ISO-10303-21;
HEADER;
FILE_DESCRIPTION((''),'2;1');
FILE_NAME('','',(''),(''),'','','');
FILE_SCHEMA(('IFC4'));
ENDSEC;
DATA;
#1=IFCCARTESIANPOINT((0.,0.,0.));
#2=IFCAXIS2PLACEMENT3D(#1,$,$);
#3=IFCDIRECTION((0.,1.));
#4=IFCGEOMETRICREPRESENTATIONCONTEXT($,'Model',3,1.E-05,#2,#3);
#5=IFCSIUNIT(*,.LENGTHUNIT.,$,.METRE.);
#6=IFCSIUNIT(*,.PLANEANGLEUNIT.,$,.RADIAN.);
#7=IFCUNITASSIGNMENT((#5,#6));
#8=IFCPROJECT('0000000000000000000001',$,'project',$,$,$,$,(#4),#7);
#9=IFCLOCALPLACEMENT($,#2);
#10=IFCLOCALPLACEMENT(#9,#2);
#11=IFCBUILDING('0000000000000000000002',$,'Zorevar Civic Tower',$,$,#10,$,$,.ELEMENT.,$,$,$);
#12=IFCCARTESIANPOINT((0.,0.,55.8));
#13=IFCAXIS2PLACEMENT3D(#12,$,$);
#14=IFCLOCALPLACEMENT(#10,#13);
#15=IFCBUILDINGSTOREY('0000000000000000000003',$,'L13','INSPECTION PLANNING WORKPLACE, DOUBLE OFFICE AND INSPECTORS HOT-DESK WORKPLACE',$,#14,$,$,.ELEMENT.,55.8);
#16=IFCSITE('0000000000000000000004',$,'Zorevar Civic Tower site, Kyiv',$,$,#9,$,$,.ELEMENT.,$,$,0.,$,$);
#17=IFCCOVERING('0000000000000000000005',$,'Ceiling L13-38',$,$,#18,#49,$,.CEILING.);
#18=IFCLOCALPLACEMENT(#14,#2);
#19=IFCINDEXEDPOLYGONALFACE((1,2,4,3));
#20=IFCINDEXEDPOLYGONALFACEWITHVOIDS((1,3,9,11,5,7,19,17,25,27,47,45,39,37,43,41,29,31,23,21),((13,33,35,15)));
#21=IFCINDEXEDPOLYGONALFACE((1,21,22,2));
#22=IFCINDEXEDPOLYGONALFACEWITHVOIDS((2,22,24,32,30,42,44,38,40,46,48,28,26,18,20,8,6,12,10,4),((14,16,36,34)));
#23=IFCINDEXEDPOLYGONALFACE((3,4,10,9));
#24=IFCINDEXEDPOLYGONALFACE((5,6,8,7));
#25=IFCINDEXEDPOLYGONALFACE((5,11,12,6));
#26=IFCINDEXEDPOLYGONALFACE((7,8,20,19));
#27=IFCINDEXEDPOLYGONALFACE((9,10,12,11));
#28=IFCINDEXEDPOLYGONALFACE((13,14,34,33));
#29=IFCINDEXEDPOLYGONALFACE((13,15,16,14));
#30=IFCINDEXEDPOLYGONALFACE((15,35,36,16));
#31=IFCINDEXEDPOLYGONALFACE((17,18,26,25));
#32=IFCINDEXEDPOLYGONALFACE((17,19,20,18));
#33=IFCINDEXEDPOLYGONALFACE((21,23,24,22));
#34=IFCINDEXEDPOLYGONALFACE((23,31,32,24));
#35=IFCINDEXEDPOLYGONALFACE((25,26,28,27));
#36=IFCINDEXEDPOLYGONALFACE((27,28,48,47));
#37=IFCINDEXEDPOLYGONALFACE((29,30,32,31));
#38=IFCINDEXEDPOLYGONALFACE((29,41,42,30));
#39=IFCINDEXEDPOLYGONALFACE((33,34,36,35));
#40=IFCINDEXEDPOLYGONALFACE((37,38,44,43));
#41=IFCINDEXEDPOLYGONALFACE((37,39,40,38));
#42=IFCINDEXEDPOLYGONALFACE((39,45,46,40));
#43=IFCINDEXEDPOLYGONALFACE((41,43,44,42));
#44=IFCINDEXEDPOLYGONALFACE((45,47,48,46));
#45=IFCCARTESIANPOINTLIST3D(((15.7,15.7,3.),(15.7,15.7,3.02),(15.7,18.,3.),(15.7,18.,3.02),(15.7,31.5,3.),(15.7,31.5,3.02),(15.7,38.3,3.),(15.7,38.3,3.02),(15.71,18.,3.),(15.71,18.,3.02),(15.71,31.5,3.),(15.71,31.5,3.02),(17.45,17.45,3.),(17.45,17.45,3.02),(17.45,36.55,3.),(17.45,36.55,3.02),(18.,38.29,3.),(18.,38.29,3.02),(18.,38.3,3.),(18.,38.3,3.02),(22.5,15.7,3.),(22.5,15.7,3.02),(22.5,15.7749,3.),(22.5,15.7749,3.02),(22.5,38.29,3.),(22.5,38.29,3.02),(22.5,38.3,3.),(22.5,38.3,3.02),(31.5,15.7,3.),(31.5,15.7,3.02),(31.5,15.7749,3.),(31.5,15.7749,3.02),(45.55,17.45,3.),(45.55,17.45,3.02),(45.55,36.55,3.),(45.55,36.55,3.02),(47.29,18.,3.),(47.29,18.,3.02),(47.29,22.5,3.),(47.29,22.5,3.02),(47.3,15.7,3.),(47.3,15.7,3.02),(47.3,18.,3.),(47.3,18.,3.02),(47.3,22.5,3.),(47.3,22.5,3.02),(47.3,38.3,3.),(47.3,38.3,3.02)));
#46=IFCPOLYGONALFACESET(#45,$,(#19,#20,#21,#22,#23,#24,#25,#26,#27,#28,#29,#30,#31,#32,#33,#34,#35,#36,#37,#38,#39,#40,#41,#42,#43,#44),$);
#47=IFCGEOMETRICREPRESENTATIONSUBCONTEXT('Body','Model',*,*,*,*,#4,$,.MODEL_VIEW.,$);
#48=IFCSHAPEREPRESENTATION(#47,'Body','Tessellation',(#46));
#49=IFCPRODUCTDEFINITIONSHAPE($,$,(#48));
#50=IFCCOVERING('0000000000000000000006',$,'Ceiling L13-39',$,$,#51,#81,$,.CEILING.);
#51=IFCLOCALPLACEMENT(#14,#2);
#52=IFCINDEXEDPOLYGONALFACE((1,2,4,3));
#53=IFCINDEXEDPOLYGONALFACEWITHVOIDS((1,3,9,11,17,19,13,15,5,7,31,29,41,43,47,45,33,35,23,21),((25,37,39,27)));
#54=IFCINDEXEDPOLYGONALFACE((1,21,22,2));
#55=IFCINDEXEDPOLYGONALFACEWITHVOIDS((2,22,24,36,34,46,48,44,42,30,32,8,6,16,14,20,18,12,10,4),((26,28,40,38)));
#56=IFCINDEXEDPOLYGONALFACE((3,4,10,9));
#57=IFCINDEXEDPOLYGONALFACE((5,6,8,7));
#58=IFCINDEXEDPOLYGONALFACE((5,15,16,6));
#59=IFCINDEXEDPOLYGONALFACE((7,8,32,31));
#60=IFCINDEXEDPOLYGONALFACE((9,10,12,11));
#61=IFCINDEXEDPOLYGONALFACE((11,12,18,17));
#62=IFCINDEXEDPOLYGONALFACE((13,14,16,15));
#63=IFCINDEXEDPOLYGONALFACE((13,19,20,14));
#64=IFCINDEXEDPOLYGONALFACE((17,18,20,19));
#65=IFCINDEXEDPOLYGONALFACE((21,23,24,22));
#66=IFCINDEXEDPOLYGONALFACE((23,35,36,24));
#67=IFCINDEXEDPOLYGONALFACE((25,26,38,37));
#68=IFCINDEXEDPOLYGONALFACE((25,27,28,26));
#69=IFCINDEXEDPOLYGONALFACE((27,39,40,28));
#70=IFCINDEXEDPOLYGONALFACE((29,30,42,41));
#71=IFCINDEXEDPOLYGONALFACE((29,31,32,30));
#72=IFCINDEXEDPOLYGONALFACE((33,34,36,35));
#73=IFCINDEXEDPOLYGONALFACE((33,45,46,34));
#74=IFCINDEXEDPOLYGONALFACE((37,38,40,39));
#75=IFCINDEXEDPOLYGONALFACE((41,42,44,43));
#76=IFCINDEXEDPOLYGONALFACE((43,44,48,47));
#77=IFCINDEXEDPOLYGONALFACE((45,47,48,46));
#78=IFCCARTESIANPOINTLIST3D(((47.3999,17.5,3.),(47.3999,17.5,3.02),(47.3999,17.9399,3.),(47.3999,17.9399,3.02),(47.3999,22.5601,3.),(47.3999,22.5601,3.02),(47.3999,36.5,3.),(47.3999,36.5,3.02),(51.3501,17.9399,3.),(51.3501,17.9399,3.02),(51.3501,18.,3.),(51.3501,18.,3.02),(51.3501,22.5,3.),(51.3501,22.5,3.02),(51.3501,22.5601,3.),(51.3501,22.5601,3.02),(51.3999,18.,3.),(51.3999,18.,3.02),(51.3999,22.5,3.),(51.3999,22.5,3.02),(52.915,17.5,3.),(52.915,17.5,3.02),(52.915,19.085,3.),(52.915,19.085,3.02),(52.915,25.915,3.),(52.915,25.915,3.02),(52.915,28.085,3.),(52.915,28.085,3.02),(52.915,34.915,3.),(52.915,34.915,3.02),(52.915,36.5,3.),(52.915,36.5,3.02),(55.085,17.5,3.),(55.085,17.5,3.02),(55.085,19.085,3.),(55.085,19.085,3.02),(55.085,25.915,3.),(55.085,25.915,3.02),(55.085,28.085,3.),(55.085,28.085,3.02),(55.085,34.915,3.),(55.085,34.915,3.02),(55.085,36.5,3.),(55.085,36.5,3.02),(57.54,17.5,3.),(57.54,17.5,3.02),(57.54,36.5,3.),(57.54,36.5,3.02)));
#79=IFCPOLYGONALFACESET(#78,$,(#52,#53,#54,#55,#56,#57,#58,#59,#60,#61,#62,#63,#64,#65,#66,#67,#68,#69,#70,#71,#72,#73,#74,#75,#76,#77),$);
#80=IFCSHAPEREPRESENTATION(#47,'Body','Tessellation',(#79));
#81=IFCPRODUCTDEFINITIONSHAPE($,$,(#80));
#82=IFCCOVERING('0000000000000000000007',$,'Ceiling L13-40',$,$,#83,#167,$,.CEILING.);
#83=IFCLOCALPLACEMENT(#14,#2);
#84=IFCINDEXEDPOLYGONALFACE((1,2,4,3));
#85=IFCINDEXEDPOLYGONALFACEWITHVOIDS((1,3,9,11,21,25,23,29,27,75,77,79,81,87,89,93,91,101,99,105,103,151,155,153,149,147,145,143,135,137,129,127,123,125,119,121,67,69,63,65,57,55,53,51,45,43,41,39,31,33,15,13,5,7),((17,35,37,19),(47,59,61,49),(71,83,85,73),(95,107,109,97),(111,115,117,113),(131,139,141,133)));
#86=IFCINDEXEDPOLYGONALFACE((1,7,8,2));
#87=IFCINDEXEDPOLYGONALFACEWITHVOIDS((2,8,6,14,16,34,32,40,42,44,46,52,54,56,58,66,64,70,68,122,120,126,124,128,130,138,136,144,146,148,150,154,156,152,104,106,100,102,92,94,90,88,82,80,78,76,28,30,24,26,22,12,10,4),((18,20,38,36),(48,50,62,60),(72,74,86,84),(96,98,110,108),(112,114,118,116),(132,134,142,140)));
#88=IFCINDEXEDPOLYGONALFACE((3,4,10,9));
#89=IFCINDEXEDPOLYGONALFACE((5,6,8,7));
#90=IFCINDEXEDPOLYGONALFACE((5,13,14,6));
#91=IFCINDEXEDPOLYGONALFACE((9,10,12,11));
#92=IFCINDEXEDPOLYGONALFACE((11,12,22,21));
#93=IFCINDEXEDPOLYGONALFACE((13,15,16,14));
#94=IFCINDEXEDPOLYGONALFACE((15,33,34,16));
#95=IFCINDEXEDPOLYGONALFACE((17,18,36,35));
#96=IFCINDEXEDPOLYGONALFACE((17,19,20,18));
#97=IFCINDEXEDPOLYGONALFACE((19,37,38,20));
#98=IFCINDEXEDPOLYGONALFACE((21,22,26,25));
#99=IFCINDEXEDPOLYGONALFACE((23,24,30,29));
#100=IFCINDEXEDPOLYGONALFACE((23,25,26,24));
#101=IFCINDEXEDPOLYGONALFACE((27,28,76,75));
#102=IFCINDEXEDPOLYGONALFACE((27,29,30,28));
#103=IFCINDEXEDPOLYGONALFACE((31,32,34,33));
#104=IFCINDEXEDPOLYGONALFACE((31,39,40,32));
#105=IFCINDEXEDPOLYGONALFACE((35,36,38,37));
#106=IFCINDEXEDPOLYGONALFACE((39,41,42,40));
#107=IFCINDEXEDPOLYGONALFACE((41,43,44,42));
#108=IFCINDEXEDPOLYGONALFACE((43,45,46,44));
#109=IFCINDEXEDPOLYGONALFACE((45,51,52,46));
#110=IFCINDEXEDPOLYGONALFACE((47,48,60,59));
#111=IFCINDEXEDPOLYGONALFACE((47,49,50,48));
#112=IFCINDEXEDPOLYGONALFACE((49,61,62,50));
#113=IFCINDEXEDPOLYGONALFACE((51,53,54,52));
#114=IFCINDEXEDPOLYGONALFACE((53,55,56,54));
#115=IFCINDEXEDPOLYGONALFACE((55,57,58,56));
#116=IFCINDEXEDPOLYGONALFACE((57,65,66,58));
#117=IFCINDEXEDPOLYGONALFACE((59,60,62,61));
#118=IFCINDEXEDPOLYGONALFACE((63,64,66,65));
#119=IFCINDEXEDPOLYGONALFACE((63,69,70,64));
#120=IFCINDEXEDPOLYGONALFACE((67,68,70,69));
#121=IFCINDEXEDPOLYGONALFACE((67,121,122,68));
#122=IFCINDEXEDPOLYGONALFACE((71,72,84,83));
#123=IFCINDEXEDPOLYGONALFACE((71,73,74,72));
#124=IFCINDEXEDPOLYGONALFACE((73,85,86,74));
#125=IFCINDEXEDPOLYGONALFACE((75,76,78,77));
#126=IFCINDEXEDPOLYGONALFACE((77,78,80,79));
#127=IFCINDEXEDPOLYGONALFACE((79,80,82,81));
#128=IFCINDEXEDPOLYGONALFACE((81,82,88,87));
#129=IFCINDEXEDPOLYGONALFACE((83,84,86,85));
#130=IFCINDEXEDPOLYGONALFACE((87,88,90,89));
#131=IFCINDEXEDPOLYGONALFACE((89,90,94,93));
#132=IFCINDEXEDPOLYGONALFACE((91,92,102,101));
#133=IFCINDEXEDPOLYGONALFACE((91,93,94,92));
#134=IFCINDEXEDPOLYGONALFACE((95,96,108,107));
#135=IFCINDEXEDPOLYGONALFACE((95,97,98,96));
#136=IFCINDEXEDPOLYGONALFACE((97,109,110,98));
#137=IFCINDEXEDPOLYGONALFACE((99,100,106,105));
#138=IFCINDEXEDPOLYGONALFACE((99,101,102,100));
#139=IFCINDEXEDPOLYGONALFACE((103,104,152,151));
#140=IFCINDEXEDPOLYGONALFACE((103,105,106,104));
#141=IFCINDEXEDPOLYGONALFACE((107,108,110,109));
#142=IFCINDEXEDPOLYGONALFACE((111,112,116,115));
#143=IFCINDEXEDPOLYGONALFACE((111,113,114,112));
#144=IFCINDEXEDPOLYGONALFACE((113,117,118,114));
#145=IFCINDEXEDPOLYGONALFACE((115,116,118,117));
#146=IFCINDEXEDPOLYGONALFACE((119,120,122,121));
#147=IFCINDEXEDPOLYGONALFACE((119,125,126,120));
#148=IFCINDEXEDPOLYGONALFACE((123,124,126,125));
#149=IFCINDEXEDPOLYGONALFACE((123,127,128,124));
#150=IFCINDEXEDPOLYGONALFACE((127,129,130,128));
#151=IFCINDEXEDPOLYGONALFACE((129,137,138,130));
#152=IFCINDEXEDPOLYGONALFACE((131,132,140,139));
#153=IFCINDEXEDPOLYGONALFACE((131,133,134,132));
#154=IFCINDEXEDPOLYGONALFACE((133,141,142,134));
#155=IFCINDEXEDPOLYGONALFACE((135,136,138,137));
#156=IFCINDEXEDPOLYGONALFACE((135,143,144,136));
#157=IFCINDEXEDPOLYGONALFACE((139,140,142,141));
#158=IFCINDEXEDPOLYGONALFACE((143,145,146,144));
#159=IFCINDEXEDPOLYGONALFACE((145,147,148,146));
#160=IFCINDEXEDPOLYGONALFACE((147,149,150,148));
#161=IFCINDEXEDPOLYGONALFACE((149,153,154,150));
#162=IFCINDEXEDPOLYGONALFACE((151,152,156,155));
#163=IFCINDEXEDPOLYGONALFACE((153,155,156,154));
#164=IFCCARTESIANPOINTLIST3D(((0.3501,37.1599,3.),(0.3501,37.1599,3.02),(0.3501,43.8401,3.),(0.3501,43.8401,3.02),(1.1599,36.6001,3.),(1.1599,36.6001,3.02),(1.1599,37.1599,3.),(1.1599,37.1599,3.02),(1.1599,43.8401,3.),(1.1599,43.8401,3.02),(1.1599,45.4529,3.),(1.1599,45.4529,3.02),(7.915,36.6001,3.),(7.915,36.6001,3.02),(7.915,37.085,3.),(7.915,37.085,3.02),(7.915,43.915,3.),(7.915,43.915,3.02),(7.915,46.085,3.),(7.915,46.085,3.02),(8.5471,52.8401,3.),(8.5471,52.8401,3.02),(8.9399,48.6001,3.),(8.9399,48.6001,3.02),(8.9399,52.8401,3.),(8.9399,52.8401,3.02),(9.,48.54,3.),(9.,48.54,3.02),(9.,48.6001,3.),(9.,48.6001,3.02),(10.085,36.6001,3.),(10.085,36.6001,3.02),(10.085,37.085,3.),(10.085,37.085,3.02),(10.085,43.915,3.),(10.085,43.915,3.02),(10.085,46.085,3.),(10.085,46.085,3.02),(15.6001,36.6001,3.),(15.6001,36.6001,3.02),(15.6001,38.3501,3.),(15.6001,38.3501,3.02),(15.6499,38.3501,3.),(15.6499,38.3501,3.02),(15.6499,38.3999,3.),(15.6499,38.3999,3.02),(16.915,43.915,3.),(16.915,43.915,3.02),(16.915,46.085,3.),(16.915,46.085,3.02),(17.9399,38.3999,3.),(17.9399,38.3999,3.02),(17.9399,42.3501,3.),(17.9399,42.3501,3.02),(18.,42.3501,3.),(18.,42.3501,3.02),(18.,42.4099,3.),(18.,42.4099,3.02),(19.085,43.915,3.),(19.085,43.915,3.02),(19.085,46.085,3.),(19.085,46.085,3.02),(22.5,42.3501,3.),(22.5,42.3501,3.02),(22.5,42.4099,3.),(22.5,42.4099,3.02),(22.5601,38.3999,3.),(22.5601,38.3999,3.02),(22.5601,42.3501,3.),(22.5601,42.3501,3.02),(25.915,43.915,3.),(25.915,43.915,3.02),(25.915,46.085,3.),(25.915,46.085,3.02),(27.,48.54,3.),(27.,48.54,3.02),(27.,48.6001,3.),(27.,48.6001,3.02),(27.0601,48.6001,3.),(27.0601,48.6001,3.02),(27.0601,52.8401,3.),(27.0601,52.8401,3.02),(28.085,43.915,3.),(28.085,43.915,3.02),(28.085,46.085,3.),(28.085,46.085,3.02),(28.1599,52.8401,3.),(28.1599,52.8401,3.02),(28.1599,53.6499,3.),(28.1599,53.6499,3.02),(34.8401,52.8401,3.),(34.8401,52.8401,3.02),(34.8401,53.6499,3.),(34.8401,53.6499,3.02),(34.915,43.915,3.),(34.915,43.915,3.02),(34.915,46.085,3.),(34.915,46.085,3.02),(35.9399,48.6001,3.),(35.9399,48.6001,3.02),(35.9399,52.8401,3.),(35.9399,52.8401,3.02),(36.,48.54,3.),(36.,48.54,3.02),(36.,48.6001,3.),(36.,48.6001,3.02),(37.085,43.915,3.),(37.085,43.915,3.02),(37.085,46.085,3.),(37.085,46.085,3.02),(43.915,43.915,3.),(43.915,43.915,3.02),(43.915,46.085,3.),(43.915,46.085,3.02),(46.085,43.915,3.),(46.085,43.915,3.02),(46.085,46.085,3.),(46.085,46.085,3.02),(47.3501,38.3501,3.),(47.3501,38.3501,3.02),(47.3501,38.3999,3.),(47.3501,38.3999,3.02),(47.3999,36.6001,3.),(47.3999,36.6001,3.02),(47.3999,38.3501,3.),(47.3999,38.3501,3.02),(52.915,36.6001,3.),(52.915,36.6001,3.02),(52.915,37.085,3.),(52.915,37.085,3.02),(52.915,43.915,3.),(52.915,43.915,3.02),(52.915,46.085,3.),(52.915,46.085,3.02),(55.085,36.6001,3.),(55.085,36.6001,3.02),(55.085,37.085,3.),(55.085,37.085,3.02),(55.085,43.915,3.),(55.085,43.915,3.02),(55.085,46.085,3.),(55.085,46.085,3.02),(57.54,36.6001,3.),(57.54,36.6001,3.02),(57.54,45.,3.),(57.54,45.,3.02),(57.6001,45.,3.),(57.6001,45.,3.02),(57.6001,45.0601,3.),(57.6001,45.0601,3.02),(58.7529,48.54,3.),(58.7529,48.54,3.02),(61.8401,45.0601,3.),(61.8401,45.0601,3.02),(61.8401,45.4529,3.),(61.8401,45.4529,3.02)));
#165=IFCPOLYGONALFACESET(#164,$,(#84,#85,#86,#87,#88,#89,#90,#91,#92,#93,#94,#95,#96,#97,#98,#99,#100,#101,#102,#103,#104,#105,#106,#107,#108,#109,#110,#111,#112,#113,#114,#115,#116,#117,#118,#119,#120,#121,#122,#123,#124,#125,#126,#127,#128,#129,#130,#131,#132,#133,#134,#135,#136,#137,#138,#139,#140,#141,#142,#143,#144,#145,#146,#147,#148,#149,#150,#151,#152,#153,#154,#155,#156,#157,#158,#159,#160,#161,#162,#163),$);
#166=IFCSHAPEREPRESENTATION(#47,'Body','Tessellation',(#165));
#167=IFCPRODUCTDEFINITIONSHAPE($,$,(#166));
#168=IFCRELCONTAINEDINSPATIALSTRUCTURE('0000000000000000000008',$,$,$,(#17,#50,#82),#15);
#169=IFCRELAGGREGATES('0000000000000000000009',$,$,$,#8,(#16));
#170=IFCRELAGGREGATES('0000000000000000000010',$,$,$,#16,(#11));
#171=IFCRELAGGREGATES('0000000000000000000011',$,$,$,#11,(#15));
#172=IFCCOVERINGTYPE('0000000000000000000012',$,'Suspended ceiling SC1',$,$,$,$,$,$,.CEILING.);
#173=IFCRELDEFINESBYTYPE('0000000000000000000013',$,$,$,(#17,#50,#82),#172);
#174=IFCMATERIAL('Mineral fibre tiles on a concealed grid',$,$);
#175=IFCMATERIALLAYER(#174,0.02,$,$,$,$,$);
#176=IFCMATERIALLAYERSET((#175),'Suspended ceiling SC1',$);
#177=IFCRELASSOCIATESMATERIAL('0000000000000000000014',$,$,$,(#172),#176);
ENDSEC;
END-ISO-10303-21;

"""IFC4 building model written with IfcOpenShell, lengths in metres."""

from ifc_helpers import new_model, si_unit, direction, frame, origin, place, context, subcontext, project, spatial, polyline, outline, extrude, material, layer, layer_set, type_object, element, save


model = new_model("IFC4")

# Units and contexts
model_context = context("Model", 3, precision=1e-05, world=origin(), true_north=direction((0.0, 1.0)))
body_context = subcontext(model_context, "Body", "Model", "MODEL_VIEW")
ifc_project = project(units=[si_unit("LENGTHUNIT", "METRE"), si_unit("PLANEANGLEUNIT", "RADIAN")], contexts=[model_context])

# Site, building, storey
site_placement = place(None, origin())
site = spatial("IfcSite", under=ifc_project, at=site_placement, Name="Zorevar Civic Tower site, Kyiv", CompositionType="ELEMENT", RefElevation=0.0)
building_placement = place(site_placement, origin())
building = spatial("IfcBuilding", under=site, at=building_placement, Name="Zorevar Civic Tower", CompositionType="ELEMENT")
storey_placement = place(building_placement, frame((0.0, 0.0, 55.8)))
storey = spatial("IfcBuildingStorey", under=building, at=storey_placement, Name="L13", Description="INSPECTION PLANNING WORKPLACE, DOUBLE OFFICE AND INSPECTORS HOT-DESK WORKPLACE", CompositionType="ELEMENT", Elevation=55.8)

# Coverings
ifc_material_1 = material(Name="Mineral fibre tiles on a concealed grid")
ifc_layer_1 = layer(ifc_material_1, 0.02)
ifc_layer_set_1 = layer_set([ifc_layer_1], Name="Suspended ceiling SC1")
covering_type_1 = type_object("IfcCoveringType", Name="Suspended ceiling SC1", PredefinedType="CEILING", material=ifc_layer_set_1)
covering_1_placement = place(storey_placement, frame((0.0, 0.0, 3.0)))
element("IfcCovering", 1, at=covering_1_placement, inside=storey, type_object=covering_type_1, Name="Ceiling L13-38", PredefinedType="CEILING", context=body_context, shape_type="SweptSolid", body=[
    extrude(outline(polyline([(22.5, 38.3), (47.3, 38.3), (47.3, 22.5), (47.29, 22.5), (47.29, 18.0), (47.3, 18.0), (47.3, 15.7), (31.5, 15.7), (31.5, 15.7749), (22.5, 15.7749), (22.5, 15.7), (15.7, 15.7), (15.7, 18.0), (15.71, 18.0), (15.71, 31.5), (15.7, 31.5), (15.7, 38.3), (18.0, 38.3), (18.0, 38.29), (22.5, 38.29), (22.5, 38.3)]), holes=[polyline([(45.55, 17.45), (45.55, 36.55), (17.45, 36.55), (17.45, 17.45), (45.55, 17.45)])]), origin(), (0.0, 0.0, 1.0), 0.02),
])
covering_2_placement = place(storey_placement, frame((0.0, 0.0, 3.0)))
element("IfcCovering", 2, at=covering_2_placement, inside=storey, type_object=covering_type_1, Name="Ceiling L13-39", PredefinedType="CEILING", context=body_context, shape_type="SweptSolid", body=[
    extrude(outline(polyline([(55.085, 19.085), (52.915, 19.085), (52.915, 17.5), (47.3999, 17.5), (47.3999, 17.9399), (51.3501, 17.9399), (51.3501, 18.0), (51.3999, 18.0), (51.3999, 22.5), (51.3501, 22.5), (51.3501, 22.5601), (47.3999, 22.5601), (47.3999, 36.5), (52.915, 36.5), (52.915, 34.915), (55.085, 34.915), (55.085, 36.5), (57.54, 36.5), (57.54, 17.5), (55.085, 17.5), (55.085, 19.085)]), holes=[polyline([(52.915, 28.085), (52.915, 25.915), (55.085, 25.915), (55.085, 28.085), (52.915, 28.085)])]), origin(), (0.0, 0.0, 1.0), 0.02),
])
covering_3_placement = place(storey_placement, frame((0.0, 0.0, 3.0)))
element("IfcCovering", 3, at=covering_3_placement, inside=storey, type_object=covering_type_1, Name="Ceiling L13-40", PredefinedType="CEILING", context=body_context, shape_type="SweptSolid", body=[
    extrude(outline(polyline([(57.6001, 45.0601), (57.6001, 45.0), (57.54, 45.0), (57.54, 36.6001), (55.085, 36.6001), (55.085, 37.085), (52.915, 37.085), (52.915, 36.6001), (47.3999, 36.6001), (47.3999, 38.3501), (47.3501, 38.3501), (47.3501, 38.3999), (22.5601, 38.3999), (22.5601, 42.3501), (22.5, 42.3501), (22.5, 42.4099), (18.0, 42.4099), (18.0, 42.3501), (17.9399, 42.3501), (17.9399, 38.3999), (15.6499, 38.3999), (15.6499, 38.3501), (15.6001, 38.3501), (15.6001, 36.6001), (10.085, 36.6001), (10.085, 37.085), (7.915, 37.085), (7.915, 36.6001), (1.1599, 36.6001), (1.1599, 37.1599), (0.3501, 37.1599), (0.3501, 43.8401), (1.1599, 43.8401), (1.1599, 45.4529), (8.5471, 52.8401), (8.9399, 52.8401), (8.9399, 48.6001), (9.0, 48.6001), (9.0, 48.54), (27.0, 48.54), (27.0, 48.6001), (27.0601, 48.6001), (27.0601, 52.8401), (28.1599, 52.8401), (28.1599, 53.6499), (34.8401, 53.6499), (34.8401, 52.8401), (35.9399, 52.8401), (35.9399, 48.6001), (36.0, 48.6001), (36.0, 48.54), (58.7529, 48.54), (61.8401, 45.4529), (61.8401, 45.0601), (57.6001, 45.0601)]), holes=[polyline([(10.085, 46.085), (7.915, 46.085), (7.915, 43.915), (10.085, 43.915), (10.085, 46.085)]), polyline([(16.915, 43.915), (19.085, 43.915), (19.085, 46.085), (16.915, 46.085), (16.915, 43.915)]), polyline([(25.915, 46.085), (25.915, 43.915), (28.085, 43.915), (28.085, 46.085), (25.915, 46.085)]), polyline([(37.085, 43.915), (37.085, 46.085), (34.915, 46.085), (34.915, 43.915), (37.085, 43.915)]), polyline([(43.915, 46.085), (43.915, 43.915), (46.085, 43.915), (46.085, 46.085), (43.915, 46.085)]), polyline([(55.085, 43.915), (55.085, 46.085), (52.915, 46.085), (52.915, 43.915), (55.085, 43.915)])]), origin(), (0.0, 0.0, 1.0), 0.02),
])

save(model, "model.ifc")
